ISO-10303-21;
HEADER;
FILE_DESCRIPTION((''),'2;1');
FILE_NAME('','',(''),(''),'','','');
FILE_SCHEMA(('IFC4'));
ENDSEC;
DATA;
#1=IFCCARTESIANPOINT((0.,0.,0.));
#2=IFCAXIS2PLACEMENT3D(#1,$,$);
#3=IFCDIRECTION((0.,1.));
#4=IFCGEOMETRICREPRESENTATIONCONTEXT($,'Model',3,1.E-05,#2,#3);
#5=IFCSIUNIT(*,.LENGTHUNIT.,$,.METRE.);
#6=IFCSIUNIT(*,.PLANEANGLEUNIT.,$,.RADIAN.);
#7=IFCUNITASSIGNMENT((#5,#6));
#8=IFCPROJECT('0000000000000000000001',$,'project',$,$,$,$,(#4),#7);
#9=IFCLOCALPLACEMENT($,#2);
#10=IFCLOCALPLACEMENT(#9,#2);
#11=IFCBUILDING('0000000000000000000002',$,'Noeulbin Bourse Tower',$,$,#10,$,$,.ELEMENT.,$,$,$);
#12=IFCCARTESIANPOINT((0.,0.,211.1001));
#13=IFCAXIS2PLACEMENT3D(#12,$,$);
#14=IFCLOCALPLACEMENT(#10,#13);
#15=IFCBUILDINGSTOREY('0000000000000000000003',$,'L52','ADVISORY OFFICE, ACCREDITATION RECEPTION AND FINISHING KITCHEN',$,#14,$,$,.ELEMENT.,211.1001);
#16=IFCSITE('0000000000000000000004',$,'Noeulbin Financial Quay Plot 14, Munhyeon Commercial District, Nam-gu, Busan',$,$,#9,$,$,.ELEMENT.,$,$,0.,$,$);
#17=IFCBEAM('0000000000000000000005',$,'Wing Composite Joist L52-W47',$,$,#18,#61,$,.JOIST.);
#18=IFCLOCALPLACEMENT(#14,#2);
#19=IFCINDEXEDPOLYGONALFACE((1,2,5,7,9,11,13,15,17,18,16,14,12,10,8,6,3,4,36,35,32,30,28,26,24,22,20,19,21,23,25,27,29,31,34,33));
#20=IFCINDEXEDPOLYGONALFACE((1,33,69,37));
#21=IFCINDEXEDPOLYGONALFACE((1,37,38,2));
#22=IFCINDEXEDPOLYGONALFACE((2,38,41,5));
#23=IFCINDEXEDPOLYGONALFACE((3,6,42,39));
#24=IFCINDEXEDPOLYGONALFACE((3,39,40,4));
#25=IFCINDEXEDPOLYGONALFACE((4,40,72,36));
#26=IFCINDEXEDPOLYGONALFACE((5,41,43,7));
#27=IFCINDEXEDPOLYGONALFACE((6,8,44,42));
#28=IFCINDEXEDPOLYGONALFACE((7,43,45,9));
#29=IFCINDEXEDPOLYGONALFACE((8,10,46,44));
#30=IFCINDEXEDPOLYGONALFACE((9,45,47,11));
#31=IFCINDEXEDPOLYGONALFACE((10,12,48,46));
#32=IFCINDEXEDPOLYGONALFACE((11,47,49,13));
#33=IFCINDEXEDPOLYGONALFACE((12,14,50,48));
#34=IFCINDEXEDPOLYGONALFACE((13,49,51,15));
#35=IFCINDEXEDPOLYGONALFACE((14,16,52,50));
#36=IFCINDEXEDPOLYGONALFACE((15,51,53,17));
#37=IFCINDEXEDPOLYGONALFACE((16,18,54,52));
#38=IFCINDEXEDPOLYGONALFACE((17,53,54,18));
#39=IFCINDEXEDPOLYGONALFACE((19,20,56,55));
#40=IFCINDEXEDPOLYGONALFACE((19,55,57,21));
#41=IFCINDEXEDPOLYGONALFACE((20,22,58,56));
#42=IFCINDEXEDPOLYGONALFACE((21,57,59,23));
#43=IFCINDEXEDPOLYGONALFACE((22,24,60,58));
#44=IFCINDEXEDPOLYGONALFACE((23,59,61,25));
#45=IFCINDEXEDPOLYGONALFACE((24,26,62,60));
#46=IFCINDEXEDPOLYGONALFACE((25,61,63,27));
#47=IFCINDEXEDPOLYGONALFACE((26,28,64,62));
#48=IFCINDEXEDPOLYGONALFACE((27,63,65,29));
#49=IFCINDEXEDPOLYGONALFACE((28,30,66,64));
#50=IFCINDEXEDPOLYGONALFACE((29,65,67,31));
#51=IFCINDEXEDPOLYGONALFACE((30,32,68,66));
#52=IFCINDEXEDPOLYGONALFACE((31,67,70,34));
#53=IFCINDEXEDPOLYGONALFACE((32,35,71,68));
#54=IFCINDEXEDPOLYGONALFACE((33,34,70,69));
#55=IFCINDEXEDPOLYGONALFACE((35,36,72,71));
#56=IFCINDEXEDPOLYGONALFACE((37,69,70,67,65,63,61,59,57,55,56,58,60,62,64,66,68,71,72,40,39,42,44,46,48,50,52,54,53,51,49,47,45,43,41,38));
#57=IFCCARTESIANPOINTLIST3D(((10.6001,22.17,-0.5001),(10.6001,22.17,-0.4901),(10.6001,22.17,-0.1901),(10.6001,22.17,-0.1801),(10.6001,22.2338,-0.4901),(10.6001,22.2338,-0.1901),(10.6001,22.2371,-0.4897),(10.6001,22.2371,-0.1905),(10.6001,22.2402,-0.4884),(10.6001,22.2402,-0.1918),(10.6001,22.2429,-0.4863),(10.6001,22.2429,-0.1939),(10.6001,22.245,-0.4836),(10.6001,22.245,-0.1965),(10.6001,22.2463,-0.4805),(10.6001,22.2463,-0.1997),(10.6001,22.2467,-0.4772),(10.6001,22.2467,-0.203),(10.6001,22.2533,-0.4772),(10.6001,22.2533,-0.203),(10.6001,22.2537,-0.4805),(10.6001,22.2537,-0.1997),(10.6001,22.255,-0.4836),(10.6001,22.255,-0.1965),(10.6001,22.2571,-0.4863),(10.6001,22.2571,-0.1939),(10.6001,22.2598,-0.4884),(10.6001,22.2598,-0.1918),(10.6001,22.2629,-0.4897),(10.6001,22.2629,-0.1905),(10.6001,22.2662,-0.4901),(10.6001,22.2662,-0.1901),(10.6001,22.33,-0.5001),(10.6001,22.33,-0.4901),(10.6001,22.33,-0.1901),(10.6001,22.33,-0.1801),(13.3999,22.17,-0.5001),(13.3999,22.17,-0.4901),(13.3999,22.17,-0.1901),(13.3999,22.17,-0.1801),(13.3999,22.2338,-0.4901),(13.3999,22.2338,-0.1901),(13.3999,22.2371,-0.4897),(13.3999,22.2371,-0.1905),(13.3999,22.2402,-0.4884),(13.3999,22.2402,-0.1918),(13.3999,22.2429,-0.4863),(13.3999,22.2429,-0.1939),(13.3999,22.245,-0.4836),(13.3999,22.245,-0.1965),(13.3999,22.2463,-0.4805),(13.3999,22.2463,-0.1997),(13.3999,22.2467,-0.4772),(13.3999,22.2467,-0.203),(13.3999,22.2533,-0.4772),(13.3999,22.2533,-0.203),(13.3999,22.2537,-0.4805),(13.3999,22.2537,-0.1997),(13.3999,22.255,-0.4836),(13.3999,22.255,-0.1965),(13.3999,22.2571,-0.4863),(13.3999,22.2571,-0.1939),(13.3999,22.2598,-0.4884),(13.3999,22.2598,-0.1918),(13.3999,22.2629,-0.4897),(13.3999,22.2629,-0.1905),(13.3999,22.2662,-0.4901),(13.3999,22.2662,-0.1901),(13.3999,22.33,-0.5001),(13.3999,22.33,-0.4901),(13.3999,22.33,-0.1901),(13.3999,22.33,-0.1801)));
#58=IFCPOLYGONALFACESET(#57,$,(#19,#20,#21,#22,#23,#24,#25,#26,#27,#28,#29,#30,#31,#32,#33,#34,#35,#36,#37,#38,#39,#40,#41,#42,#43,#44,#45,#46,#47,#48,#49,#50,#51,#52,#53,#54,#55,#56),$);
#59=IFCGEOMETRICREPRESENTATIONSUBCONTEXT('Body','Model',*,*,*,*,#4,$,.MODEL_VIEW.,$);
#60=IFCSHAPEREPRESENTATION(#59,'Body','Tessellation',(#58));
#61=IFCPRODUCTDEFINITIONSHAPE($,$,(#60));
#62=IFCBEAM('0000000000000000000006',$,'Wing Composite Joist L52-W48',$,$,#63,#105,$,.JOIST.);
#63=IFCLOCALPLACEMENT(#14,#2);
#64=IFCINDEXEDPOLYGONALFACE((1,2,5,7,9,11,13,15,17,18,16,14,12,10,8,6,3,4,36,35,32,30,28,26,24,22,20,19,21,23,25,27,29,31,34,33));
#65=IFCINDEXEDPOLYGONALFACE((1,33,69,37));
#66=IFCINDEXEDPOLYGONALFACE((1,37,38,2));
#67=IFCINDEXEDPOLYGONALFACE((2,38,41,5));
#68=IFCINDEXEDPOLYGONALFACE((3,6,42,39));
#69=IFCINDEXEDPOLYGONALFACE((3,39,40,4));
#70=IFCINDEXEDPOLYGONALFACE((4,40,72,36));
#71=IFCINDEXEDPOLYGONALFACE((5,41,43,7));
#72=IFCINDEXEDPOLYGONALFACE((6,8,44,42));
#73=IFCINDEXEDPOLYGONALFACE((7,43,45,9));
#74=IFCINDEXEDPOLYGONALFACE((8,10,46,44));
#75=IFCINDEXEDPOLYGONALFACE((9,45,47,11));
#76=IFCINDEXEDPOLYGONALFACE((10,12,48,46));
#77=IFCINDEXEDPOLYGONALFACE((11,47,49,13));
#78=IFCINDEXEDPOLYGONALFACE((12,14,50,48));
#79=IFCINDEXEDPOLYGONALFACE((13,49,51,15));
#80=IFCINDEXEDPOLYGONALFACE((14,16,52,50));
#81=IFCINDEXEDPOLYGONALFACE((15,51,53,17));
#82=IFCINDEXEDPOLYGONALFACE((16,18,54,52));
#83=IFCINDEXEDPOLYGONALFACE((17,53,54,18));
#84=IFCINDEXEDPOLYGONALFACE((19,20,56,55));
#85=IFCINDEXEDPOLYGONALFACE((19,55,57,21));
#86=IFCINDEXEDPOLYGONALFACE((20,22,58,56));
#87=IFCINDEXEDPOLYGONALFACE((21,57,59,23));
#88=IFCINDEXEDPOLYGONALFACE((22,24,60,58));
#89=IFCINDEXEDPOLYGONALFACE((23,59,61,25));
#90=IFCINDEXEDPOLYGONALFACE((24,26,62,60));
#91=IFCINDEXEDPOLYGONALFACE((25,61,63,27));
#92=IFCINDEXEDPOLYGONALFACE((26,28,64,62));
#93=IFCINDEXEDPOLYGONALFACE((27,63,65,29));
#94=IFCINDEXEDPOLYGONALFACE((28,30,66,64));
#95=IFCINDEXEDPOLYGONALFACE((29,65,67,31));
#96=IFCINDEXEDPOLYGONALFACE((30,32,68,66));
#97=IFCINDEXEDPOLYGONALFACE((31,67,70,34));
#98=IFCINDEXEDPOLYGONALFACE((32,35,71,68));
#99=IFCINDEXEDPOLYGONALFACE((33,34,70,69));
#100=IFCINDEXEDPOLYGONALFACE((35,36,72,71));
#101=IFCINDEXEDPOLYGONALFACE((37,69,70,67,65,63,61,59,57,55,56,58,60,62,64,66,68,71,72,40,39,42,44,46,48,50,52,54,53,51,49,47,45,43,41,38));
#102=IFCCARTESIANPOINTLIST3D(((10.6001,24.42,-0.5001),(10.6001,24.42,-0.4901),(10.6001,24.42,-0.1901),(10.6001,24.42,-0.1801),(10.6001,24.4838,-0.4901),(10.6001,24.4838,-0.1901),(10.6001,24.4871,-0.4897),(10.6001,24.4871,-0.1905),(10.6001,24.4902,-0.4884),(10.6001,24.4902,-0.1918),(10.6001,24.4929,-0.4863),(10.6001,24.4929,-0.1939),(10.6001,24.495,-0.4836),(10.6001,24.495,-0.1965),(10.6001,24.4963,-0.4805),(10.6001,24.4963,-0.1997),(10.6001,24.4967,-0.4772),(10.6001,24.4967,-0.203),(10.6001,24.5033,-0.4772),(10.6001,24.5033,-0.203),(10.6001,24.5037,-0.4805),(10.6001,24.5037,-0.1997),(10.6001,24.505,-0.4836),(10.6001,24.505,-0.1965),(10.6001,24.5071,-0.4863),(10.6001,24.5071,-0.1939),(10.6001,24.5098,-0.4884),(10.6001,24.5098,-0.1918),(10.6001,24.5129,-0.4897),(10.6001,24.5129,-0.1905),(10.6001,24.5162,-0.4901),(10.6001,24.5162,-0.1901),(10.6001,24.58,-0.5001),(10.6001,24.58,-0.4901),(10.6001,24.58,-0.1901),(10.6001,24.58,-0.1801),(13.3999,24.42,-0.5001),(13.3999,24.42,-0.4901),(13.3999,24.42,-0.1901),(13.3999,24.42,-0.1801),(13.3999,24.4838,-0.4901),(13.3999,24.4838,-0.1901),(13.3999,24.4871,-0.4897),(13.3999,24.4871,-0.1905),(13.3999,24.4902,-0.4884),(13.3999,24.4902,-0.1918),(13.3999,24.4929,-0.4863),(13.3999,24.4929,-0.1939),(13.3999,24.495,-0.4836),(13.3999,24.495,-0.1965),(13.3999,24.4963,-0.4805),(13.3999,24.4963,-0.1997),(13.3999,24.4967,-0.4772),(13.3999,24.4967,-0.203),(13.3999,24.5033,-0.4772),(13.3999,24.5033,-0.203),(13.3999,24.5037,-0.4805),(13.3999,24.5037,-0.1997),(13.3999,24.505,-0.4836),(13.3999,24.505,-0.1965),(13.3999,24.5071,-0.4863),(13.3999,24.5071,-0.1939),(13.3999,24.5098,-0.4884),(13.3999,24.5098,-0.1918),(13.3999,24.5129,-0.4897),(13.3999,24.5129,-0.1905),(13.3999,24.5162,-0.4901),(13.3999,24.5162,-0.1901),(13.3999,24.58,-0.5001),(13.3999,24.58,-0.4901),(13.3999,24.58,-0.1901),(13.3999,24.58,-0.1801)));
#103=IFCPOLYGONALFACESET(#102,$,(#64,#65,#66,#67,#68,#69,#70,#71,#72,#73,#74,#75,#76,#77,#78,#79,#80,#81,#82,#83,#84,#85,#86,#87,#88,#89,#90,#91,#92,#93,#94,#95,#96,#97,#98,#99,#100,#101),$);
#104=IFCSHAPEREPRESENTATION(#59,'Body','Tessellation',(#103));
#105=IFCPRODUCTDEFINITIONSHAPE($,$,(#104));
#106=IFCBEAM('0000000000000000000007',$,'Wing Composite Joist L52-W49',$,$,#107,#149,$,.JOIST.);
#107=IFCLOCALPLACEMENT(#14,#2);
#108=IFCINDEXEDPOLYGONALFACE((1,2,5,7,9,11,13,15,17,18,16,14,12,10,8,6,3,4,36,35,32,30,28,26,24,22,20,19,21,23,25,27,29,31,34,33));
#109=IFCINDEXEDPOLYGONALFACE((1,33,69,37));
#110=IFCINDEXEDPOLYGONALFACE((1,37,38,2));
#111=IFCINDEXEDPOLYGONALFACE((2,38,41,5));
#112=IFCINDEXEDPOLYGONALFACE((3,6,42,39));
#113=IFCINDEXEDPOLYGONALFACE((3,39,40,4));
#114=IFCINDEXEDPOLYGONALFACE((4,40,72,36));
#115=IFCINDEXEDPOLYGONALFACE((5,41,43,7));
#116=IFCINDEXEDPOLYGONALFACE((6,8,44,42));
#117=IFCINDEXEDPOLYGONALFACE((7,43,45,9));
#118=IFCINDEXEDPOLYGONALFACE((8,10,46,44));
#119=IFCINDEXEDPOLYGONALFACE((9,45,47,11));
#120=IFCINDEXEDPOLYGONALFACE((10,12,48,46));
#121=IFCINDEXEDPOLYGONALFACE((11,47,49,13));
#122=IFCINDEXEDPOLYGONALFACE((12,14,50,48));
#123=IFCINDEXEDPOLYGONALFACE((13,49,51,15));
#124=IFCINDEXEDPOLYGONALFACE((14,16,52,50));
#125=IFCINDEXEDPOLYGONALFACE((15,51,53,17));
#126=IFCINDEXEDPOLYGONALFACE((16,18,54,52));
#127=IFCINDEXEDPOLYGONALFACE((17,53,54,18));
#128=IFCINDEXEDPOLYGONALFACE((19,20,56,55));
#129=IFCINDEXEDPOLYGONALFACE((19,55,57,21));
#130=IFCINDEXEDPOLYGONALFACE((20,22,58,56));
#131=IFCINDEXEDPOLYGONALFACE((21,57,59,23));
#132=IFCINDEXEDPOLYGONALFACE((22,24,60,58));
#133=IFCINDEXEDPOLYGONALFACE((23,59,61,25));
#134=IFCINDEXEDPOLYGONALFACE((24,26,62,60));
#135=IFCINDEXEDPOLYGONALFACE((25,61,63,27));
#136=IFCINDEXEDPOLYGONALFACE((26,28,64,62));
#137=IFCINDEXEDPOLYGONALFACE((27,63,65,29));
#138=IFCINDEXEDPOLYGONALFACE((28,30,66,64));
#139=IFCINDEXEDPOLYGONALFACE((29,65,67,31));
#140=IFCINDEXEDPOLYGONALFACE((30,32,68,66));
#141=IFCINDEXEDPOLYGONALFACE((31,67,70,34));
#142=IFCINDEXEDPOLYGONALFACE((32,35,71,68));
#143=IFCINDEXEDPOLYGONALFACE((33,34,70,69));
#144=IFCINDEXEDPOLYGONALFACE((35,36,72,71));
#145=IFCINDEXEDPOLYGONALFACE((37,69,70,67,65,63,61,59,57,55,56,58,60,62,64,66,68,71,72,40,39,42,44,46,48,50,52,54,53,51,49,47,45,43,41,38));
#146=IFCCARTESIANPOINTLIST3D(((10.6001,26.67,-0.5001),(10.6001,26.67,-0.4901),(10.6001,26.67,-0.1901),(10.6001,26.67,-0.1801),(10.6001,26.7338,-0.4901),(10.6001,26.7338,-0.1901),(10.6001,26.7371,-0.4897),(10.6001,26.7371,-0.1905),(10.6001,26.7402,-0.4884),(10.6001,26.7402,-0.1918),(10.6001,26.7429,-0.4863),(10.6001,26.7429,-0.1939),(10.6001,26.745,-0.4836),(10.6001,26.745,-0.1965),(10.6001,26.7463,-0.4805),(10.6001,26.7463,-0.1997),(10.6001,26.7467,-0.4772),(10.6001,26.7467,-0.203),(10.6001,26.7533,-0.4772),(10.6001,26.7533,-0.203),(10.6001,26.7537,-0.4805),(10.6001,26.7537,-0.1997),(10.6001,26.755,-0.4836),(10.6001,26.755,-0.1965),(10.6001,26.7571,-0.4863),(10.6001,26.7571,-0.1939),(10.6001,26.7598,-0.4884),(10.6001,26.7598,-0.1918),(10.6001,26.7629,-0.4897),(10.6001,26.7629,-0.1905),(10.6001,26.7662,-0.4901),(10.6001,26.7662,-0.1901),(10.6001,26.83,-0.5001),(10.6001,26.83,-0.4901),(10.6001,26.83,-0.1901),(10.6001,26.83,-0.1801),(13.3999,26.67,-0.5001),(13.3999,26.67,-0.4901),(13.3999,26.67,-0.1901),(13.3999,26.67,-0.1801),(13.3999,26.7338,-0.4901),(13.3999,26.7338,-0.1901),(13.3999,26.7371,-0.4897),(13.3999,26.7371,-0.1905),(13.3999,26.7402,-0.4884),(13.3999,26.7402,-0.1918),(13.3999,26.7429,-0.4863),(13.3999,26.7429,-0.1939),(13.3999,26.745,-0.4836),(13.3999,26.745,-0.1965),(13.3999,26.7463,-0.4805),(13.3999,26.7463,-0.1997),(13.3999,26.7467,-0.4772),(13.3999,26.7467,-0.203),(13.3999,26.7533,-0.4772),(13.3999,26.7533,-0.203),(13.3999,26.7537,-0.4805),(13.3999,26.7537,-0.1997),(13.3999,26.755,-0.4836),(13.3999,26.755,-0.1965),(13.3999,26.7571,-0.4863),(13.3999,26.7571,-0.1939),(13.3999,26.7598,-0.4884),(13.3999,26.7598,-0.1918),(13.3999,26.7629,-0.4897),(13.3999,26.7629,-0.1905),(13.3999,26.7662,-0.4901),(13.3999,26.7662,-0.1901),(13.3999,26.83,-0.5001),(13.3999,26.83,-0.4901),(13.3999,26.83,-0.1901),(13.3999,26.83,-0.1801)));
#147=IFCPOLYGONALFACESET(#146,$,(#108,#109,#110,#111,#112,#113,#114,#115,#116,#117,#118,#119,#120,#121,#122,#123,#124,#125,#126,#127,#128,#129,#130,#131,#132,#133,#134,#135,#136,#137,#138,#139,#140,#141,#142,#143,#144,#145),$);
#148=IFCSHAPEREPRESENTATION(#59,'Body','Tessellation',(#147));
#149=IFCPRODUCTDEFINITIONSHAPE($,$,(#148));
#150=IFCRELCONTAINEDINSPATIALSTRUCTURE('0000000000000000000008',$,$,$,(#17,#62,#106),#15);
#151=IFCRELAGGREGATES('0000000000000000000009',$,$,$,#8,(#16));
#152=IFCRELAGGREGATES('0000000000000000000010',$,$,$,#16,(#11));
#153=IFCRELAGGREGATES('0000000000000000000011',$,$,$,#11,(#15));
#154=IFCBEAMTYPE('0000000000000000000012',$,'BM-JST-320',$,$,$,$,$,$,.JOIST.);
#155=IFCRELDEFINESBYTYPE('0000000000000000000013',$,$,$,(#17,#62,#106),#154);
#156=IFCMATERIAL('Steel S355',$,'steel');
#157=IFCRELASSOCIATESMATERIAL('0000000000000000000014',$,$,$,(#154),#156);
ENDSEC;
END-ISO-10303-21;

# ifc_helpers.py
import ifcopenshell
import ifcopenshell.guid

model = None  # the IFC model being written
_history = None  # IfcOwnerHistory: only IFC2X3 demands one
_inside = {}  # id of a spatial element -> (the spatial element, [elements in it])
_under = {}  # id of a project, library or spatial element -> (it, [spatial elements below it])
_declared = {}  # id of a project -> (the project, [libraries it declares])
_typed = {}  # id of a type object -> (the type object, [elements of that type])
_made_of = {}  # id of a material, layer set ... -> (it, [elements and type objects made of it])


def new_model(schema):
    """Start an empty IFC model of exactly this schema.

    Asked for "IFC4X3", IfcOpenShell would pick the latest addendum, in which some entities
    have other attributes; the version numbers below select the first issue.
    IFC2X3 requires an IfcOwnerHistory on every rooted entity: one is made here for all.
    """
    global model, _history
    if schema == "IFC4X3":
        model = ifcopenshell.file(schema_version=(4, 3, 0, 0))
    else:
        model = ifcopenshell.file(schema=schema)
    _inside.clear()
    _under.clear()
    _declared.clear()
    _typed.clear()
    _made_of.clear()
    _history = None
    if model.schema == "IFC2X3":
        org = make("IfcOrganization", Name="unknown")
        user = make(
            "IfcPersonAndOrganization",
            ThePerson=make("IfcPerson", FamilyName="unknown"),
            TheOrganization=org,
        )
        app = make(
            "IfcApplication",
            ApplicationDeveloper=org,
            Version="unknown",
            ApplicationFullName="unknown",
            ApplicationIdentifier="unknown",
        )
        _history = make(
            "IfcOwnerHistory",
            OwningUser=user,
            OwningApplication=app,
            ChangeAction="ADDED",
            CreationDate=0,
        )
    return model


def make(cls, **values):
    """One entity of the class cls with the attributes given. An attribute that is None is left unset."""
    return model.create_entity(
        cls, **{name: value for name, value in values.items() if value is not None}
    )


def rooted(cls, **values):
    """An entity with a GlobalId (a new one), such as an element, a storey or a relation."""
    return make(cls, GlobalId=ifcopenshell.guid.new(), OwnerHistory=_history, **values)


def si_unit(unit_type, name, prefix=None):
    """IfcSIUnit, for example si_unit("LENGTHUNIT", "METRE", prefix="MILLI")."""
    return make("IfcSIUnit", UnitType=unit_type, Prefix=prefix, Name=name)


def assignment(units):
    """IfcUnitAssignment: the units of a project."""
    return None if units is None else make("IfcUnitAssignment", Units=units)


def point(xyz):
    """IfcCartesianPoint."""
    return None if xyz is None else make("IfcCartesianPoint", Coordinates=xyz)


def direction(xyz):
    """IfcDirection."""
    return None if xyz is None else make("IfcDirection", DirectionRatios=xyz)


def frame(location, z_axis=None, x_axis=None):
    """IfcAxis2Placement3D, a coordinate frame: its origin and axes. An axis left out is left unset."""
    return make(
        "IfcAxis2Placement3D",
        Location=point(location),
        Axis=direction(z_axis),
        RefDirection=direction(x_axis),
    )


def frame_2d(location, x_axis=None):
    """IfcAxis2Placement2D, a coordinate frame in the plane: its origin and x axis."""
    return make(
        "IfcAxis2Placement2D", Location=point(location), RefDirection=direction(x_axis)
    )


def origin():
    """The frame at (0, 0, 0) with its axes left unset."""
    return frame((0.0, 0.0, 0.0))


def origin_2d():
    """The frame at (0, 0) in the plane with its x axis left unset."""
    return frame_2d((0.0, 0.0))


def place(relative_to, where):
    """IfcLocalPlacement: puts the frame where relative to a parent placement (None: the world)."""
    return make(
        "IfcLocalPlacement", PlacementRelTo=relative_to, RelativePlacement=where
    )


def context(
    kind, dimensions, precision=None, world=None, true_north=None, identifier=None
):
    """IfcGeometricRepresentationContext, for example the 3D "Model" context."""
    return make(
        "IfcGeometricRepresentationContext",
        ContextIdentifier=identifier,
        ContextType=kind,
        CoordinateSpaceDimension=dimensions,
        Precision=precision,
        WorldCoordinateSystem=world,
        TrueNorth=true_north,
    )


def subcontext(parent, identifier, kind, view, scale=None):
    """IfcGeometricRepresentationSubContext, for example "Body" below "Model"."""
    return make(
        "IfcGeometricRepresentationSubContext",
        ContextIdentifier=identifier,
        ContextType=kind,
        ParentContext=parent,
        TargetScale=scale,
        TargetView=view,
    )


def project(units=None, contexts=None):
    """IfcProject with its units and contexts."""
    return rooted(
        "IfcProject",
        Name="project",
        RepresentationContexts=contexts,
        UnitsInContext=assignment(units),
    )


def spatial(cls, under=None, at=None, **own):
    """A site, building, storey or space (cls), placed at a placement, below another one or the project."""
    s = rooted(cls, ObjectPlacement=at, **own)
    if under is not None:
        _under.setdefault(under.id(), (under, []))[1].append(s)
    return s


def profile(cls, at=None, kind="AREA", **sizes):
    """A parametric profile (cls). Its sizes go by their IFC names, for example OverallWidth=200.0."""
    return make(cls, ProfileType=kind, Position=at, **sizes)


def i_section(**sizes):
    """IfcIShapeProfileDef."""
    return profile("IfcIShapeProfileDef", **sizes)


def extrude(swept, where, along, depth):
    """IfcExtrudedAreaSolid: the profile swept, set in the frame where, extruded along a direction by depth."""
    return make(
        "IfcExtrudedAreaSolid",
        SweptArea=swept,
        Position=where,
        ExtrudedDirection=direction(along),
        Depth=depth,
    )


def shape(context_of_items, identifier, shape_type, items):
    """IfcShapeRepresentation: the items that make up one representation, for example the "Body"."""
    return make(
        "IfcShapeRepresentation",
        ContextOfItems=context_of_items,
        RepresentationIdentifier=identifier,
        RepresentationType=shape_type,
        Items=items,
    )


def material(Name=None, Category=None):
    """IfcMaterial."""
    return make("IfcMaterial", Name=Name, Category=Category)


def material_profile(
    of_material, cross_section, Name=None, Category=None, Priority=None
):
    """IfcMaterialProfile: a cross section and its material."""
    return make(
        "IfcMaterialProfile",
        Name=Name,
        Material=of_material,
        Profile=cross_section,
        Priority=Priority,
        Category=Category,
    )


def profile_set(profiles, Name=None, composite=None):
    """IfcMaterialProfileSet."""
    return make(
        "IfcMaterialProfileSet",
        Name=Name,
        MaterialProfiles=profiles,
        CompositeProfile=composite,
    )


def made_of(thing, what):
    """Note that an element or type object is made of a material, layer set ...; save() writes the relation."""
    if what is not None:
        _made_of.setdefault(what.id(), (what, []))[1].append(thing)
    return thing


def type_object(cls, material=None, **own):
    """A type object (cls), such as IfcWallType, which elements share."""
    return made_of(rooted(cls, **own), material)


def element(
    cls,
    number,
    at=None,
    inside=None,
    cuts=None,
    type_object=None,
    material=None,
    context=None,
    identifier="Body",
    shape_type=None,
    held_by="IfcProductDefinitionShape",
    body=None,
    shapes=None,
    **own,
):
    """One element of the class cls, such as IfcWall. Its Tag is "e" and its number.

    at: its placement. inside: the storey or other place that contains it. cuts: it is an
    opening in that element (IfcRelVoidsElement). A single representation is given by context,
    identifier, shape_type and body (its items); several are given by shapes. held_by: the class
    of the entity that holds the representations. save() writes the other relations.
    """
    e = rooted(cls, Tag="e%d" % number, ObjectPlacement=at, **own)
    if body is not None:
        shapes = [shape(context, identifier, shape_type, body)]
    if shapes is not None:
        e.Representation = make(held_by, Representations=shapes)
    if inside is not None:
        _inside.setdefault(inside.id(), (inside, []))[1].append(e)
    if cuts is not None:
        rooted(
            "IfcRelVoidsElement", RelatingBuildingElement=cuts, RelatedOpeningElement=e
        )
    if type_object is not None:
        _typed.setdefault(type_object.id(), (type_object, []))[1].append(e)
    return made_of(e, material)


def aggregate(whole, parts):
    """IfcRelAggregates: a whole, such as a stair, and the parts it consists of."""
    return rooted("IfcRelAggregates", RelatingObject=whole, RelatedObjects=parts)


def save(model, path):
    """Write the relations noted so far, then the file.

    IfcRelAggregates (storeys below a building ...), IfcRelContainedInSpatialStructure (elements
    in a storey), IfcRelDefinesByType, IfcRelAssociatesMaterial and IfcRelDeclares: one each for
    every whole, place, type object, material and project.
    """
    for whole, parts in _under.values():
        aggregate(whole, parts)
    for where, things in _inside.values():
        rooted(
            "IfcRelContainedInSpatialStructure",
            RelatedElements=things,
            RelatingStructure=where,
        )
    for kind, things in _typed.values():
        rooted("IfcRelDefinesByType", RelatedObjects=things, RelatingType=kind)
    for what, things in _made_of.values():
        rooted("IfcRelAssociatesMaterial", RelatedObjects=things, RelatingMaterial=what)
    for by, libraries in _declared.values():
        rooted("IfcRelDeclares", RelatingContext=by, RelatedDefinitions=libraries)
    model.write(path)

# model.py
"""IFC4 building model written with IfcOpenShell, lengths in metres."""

from ifc_helpers import new_model, si_unit, direction, frame, origin, origin_2d, place, context, subcontext, project, spatial, i_section, extrude, material, material_profile, profile_set, type_object, element, save


model = new_model("IFC4")

# Units and contexts
model_context = context("Model", 3, precision=1e-05, world=origin(), true_north=direction((0.0, 1.0)))
body_context = subcontext(model_context, "Body", "Model", "MODEL_VIEW")
ifc_project = project(units=[si_unit("LENGTHUNIT", "METRE"), si_unit("PLANEANGLEUNIT", "RADIAN")], contexts=[model_context])

# Site, building, storey
site_placement = place(None, origin())
site = spatial("IfcSite", under=ifc_project, at=site_placement, Name="Noeulbin Financial Quay Plot 14, Munhyeon Commercial District, Nam-gu, Busan", CompositionType="ELEMENT", RefElevation=0.0)
building_placement = place(site_placement, origin())
building = spatial("IfcBuilding", under=site, at=building_placement, Name="Noeulbin Bourse Tower", CompositionType="ELEMENT")
storey_placement = place(building_placement, frame((0.0, 0.0, 211.1001)))
storey = spatial("IfcBuildingStorey", under=building, at=storey_placement, Name="L52", Description="ADVISORY OFFICE, ACCREDITATION RECEPTION AND FINISHING KITCHEN", CompositionType="ELEMENT", Elevation=211.1001)

# Shared definitions
ifc_material_1 = material(Name="Steel S355", Category="steel")

# Beams
ifc_material_profile_1 = material_profile(ifc_material_1, i_section(OverallWidth=0.1599, OverallDepth=0.3201, WebThickness=0.0066, FlangeThickness=0.01, FilletRadius=0.0129, at=origin_2d()), Name="H-320x160x6.5x10", Category="LoadBearing")
ifc_profile_set_1 = profile_set([ifc_material_profile_1], Name="Steel S355")
beam_type_1 = type_object("IfcBeamType", Name="BM-JST-320", PredefinedType="JOIST", material=ifc_profile_set_1)
for number, where, z_axis, x_axis, name in (
    (1, (10.6001, 22.25, -0.3401), (1.0, 0.0, 0.0), (0.0, 1.0, 0.0), "Wing Composite Joist L52-W47"),
    (2, (10.6001, 24.5, -0.3401), (1.0, 0.0, 0.0), (0.0, 1.0, 0.0), "Wing Composite Joist L52-W48"),
    (3, (10.6001, 26.75, -0.3401), (1.0, 0.0, 0.0), (0.0, 1.0, 0.0), "Wing Composite Joist L52-W49"),
):
    element("IfcBeam", number, at=place(storey_placement, frame(where, z_axis=z_axis, x_axis=x_axis)), inside=storey, type_object=beam_type_1, Name=name, PredefinedType="JOIST", context=body_context, shape_type="SweptSolid", body=[
        extrude(i_section(OverallWidth=0.1599, OverallDepth=0.3201, WebThickness=0.0066, FlangeThickness=0.01, FilletRadius=0.0129, at=origin_2d()), origin(), (0.0, 0.0, 1.0), 2.7998),
    ])

save(model, "model.ifc")
